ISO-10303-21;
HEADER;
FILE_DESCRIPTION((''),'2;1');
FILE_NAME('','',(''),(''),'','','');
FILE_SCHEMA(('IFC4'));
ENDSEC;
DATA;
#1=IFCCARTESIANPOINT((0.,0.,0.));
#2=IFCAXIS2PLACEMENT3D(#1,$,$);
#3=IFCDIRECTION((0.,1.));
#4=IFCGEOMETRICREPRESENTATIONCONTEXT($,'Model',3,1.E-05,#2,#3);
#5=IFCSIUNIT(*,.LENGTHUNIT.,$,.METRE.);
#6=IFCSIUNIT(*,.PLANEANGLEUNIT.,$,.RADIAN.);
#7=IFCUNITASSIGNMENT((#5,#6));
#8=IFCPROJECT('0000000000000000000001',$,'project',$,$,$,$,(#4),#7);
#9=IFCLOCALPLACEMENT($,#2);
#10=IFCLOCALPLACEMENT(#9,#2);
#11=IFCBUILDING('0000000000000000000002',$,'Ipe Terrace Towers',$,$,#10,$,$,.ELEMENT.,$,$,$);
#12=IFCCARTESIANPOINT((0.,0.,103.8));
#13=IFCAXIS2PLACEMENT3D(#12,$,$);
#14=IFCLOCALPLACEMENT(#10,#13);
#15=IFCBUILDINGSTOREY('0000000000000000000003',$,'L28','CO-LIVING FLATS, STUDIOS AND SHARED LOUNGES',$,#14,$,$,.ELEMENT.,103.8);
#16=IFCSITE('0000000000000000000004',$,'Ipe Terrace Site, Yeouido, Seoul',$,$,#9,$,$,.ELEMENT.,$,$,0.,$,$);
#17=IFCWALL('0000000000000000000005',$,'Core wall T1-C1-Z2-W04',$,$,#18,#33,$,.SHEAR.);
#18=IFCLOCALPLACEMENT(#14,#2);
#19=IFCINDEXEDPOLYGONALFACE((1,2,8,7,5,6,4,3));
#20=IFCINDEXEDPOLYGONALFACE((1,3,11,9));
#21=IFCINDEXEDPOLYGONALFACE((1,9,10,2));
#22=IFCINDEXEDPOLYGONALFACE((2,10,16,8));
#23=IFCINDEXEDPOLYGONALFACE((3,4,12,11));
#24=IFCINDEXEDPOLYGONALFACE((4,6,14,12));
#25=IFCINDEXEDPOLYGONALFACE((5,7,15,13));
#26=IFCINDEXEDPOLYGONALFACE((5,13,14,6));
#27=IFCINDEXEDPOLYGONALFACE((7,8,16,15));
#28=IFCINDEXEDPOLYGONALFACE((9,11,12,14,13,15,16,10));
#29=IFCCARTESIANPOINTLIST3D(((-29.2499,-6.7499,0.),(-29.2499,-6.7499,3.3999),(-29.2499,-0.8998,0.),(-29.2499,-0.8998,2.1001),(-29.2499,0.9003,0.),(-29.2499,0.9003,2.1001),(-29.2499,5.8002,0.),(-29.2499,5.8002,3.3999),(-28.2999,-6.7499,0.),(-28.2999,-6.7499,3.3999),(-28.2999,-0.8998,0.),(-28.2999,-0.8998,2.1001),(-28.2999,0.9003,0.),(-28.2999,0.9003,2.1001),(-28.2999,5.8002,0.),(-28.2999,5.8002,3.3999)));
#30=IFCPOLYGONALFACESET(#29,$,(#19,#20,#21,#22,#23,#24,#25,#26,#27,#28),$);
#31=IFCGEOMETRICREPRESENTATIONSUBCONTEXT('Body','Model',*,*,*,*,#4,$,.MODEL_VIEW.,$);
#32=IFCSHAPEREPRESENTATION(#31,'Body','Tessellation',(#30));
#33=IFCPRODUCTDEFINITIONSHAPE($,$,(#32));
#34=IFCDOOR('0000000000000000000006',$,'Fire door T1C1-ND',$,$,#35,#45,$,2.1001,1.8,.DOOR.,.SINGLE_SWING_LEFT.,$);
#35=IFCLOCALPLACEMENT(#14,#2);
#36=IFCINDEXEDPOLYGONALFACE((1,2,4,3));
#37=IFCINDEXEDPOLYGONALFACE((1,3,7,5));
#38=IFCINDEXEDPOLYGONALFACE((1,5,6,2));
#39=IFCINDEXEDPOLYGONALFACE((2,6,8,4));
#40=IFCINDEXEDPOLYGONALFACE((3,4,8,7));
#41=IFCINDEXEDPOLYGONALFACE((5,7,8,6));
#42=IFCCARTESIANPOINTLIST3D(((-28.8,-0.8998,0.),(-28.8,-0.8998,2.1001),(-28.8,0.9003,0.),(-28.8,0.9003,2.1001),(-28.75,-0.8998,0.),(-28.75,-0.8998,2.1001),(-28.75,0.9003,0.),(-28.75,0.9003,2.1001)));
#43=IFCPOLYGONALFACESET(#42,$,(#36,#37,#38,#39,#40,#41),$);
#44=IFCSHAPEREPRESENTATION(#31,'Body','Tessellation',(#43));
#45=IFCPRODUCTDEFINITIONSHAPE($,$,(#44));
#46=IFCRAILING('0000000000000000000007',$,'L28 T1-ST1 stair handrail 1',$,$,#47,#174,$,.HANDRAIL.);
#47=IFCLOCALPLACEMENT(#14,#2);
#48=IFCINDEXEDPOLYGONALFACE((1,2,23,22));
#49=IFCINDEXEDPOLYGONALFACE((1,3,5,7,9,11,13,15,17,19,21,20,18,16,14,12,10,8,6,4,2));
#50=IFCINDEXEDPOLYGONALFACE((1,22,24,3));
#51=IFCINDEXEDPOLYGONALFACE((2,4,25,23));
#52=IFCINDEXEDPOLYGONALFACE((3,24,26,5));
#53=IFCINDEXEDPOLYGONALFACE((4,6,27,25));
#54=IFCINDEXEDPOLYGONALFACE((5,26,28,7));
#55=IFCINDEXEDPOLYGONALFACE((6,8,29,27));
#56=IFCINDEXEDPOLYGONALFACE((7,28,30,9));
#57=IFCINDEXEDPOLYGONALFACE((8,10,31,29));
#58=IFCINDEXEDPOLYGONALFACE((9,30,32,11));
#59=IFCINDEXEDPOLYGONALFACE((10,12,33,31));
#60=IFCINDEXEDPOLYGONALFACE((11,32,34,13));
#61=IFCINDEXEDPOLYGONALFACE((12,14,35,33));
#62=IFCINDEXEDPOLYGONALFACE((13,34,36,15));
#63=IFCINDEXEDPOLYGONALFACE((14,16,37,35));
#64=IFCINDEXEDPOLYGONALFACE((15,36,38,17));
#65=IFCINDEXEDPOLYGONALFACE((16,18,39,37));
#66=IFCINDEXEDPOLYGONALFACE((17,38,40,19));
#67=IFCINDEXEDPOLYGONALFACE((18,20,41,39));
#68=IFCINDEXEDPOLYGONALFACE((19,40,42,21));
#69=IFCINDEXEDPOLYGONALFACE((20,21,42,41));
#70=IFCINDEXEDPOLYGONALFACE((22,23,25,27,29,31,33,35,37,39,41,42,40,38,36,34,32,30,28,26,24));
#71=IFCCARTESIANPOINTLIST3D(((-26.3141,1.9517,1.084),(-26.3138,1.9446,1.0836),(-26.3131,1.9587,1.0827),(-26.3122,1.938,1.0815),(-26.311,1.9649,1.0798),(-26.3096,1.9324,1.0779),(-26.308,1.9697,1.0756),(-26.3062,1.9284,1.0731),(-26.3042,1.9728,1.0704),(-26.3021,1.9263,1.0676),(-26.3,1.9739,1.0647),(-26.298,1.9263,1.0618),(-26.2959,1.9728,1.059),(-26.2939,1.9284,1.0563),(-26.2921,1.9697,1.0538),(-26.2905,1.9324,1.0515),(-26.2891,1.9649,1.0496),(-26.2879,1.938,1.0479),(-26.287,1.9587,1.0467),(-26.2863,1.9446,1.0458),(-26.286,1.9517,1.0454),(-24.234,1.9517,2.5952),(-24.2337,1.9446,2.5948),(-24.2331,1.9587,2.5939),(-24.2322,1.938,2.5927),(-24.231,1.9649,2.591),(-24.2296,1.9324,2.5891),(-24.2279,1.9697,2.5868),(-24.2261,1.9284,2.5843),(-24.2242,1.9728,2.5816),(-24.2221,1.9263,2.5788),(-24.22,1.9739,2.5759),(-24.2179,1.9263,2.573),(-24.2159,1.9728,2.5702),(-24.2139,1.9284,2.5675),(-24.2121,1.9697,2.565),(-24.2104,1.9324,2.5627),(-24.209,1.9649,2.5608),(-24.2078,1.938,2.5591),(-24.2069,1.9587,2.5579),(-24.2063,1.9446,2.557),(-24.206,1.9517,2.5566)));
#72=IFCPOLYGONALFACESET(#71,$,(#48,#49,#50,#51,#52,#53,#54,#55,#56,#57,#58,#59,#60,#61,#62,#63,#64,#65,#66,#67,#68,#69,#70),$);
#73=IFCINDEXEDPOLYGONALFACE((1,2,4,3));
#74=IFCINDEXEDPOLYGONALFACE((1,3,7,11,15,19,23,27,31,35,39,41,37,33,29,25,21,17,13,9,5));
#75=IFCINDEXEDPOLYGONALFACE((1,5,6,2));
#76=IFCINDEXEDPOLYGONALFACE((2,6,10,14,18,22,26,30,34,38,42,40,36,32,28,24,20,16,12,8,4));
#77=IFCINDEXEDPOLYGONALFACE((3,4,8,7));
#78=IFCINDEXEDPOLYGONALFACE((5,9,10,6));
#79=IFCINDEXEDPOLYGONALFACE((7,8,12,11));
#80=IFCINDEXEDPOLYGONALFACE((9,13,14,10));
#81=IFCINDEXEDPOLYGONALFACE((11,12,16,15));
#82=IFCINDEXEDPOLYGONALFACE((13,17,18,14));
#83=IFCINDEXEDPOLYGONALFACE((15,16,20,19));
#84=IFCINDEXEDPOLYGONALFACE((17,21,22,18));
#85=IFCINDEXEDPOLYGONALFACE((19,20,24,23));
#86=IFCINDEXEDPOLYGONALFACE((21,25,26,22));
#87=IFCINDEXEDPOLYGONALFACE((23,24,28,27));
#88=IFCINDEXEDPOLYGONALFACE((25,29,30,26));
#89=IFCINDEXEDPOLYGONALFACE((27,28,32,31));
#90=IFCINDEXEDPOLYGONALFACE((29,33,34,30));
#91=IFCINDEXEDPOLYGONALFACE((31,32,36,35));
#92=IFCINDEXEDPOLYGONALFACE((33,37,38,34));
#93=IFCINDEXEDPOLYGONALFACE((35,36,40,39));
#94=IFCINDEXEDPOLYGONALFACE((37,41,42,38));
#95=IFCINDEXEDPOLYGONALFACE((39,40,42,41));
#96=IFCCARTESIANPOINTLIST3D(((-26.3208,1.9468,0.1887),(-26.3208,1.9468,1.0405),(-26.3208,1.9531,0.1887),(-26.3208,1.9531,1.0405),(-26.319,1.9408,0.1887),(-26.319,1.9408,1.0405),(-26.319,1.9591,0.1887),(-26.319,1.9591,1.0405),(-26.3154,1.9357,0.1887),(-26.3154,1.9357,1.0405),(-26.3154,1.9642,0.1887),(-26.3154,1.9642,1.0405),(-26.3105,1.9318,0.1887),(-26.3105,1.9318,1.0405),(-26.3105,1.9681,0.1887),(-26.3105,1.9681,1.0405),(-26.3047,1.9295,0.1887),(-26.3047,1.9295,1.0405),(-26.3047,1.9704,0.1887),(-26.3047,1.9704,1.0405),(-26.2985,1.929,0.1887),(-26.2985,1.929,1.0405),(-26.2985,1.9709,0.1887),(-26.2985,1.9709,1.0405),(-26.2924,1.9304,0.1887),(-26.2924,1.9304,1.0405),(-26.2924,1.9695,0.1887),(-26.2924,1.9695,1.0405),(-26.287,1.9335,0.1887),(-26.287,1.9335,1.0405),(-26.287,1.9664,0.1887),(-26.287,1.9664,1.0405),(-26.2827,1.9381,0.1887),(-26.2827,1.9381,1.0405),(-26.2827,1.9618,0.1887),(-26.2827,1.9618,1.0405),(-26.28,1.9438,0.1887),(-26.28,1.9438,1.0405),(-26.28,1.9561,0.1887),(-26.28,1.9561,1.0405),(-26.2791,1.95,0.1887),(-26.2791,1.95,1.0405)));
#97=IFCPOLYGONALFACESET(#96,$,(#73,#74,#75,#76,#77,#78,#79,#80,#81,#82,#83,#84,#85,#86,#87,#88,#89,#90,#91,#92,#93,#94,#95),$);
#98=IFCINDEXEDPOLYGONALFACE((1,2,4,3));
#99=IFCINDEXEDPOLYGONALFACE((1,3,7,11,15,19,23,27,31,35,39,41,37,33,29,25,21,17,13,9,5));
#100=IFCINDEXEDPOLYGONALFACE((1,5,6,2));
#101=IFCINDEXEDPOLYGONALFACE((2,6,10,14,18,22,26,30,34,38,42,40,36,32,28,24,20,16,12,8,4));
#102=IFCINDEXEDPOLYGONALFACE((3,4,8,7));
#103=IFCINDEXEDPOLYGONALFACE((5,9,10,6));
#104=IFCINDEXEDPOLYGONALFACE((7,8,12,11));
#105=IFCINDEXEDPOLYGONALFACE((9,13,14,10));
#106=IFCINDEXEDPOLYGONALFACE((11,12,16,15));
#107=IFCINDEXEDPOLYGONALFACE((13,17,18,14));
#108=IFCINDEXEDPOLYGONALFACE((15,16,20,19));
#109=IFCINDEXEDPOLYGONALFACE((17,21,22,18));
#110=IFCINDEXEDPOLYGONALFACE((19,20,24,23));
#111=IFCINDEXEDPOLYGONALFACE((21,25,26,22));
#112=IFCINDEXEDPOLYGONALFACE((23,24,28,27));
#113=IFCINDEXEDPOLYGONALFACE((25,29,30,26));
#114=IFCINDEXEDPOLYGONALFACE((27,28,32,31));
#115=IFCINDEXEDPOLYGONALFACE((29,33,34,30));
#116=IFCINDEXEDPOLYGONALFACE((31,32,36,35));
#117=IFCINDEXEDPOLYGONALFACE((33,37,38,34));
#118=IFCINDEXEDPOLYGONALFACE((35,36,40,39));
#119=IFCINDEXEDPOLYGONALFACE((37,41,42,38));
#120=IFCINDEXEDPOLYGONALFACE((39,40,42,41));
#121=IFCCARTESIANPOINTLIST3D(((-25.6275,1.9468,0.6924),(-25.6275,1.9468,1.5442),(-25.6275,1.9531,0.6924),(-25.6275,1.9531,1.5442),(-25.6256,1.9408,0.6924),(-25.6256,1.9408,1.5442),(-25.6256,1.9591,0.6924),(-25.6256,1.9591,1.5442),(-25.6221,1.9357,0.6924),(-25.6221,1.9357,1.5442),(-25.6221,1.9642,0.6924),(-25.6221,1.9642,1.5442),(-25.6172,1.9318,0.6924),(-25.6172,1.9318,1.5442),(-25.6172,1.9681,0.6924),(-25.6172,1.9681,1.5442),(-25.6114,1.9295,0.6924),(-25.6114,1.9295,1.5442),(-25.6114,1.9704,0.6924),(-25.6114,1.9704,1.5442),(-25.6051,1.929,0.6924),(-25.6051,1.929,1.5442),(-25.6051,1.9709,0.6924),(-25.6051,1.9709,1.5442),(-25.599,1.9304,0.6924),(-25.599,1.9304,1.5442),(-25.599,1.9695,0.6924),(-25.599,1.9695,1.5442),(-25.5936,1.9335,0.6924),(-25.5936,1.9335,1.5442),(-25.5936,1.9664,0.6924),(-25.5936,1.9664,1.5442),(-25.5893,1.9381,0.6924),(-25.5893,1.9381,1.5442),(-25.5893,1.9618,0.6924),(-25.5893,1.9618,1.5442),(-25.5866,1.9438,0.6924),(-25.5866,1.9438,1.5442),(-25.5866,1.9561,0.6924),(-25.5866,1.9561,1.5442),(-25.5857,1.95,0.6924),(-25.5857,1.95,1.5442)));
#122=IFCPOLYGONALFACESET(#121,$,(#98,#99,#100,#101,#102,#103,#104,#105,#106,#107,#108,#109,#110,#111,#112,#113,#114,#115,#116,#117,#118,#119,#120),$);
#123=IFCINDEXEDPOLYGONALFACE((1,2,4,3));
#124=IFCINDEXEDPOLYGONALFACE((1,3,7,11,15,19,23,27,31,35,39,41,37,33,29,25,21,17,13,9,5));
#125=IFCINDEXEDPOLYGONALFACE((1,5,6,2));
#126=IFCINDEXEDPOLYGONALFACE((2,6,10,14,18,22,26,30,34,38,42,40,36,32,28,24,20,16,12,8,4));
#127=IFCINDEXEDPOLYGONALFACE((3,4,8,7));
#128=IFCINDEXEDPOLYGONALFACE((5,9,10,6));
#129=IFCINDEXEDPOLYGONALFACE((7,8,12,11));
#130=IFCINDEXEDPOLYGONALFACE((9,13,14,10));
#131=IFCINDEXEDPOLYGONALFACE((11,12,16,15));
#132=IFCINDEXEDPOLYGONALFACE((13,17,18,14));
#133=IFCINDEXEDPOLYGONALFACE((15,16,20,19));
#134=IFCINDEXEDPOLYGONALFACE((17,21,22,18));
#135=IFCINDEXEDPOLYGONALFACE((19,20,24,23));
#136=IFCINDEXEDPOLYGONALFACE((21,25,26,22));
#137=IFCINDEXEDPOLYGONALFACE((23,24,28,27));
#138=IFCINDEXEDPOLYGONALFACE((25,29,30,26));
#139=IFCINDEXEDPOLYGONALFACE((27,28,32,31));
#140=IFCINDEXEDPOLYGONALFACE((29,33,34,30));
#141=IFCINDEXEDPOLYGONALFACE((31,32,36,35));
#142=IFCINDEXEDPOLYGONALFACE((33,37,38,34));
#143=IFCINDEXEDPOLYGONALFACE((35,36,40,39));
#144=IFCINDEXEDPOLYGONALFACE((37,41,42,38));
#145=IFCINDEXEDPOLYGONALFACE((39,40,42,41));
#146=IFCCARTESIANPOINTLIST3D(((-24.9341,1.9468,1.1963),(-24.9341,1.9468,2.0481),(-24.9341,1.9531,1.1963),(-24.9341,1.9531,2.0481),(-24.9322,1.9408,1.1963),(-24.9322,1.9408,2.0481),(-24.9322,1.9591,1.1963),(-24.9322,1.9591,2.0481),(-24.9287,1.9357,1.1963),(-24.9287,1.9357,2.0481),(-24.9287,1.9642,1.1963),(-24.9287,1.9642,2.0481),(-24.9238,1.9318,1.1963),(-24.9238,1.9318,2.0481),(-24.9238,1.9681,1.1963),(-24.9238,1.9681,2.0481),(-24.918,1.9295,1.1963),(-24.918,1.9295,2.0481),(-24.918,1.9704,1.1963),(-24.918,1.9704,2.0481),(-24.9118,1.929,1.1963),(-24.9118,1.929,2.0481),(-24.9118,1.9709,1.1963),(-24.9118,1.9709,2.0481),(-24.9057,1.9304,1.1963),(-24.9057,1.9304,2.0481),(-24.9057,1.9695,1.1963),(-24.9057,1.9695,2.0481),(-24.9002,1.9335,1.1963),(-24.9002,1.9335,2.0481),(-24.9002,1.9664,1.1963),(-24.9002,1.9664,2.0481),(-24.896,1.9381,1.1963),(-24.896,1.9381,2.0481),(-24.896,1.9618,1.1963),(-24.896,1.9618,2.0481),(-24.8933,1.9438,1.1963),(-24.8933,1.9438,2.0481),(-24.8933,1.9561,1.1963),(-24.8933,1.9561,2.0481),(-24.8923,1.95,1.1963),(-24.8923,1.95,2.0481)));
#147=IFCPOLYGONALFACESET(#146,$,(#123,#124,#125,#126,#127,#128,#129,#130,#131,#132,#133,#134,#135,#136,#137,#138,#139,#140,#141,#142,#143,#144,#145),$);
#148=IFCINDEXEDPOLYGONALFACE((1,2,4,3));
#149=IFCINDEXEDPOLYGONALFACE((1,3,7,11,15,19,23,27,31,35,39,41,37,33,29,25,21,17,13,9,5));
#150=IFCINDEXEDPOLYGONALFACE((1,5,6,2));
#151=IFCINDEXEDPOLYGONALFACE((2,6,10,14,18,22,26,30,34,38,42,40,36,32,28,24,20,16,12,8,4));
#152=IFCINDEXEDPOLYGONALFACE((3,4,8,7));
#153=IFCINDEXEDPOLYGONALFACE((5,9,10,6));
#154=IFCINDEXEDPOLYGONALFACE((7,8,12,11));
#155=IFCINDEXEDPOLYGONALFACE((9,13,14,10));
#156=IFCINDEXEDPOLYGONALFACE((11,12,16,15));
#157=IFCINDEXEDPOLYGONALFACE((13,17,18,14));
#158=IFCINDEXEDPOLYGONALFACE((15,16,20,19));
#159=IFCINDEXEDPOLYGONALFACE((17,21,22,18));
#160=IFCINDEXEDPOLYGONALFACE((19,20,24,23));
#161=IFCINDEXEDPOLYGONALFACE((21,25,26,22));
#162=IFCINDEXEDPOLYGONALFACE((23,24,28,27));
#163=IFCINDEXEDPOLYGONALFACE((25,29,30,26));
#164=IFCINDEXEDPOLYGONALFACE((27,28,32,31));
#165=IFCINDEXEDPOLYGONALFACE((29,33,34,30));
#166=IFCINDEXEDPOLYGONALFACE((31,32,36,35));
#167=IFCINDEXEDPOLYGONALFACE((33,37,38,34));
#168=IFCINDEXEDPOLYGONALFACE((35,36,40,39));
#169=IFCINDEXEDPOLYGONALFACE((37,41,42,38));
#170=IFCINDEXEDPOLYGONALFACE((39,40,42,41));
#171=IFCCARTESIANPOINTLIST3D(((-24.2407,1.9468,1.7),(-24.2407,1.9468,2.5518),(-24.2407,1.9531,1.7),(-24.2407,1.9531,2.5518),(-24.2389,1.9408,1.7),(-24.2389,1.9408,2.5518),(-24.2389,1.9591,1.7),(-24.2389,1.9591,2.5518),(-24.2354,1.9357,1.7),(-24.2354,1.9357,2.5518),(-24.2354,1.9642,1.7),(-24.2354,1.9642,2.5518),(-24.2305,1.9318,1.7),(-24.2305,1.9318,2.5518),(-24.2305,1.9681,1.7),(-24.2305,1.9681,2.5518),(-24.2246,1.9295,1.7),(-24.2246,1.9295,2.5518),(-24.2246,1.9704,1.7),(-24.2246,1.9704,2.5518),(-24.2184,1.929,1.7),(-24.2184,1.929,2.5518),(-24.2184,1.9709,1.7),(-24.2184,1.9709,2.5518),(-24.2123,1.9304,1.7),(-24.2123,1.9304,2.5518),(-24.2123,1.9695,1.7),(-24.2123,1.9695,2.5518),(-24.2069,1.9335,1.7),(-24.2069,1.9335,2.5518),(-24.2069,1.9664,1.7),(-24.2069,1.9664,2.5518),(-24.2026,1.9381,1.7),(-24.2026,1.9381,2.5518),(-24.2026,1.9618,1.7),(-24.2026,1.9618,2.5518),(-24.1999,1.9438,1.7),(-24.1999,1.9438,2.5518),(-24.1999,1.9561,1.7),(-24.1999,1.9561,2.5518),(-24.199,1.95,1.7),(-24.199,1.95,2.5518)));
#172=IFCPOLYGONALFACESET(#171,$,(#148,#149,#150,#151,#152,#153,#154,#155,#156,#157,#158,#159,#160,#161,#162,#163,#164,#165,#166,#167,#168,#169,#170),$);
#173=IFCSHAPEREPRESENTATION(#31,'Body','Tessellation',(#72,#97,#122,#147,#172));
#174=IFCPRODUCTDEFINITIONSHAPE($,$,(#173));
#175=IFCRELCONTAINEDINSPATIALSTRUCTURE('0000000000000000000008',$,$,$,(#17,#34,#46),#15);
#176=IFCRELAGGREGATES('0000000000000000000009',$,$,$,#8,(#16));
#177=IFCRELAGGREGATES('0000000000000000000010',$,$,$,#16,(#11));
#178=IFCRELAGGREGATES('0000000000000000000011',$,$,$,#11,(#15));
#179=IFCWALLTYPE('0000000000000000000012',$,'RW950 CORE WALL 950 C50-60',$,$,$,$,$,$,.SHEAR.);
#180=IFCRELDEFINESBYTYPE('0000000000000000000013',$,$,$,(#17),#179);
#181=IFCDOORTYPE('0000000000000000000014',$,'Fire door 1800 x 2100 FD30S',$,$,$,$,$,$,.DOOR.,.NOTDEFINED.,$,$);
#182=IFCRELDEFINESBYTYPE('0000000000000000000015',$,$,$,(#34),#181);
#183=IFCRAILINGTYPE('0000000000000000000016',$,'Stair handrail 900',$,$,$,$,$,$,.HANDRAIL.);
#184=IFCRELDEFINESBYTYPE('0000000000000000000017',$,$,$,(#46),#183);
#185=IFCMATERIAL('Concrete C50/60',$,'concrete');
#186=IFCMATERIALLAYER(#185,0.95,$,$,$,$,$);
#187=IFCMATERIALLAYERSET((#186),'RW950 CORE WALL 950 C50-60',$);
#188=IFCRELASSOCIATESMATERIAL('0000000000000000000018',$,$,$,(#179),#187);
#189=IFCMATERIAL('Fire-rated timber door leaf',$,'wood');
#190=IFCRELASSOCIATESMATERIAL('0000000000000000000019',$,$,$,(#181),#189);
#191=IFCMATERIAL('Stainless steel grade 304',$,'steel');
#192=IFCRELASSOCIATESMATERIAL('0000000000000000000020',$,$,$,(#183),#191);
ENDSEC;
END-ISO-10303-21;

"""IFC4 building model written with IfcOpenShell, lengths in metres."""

from ifc_helpers import new_model, si_unit, direction, frame, frame_2d, origin, origin_2d, place, context, subcontext, project, spatial, rectangle, circle, extrude, material, layer, layer_set, type_object, element, fill, save


model = new_model("IFC4")

# Units and contexts
model_context = context("Model", 3, precision=1e-05, world=origin(), true_north=direction((0.0, 1.0)))
body_context = subcontext(model_context, "Body", "Model", "MODEL_VIEW")
ifc_project = project(units=[si_unit("LENGTHUNIT", "METRE"), si_unit("PLANEANGLEUNIT", "RADIAN")], contexts=[model_context])

# Site, building, storey
site_placement = place(None, origin())
site = spatial("IfcSite", under=ifc_project, at=site_placement, Name="Ipe Terrace Site, Yeouido, Seoul", CompositionType="ELEMENT", RefElevation=0.0)
building_placement = place(site_placement, origin())
building = spatial("IfcBuilding", under=site, at=building_placement, Name="Ipe Terrace Towers", CompositionType="ELEMENT")
storey_placement = place(building_placement, frame((0.0, 0.0, 103.8)))
storey = spatial("IfcBuildingStorey", under=building, at=storey_placement, Name="L28", Description="CO-LIVING FLATS, STUDIOS AND SHARED LOUNGES", CompositionType="ELEMENT", Elevation=103.8)

# Wall, opening, door
ifc_material_1 = material(Name="Concrete C50/60", Category="concrete")
ifc_layer_1 = layer(ifc_material_1, 0.95)
ifc_layer_set_1 = layer_set([ifc_layer_1], Name="RW950 CORE WALL 950 C50-60")
wall_type_1 = type_object("IfcWallType", Name="RW950 CORE WALL 950 C50-60", PredefinedType="SHEAR", material=ifc_layer_set_1)
wall_1_placement = place(storey_placement, frame((-28.7749, 5.8, 0.0), z_axis=(0.0, 0.0, 1.0), x_axis=(0.0, -1.0, 0.0)))
wall_1 = element("IfcWall", 1, at=wall_1_placement, inside=storey, type_object=wall_type_1, Name="Core wall T1-C1-Z2-W04", PredefinedType="SHEAR", context=body_context, shape_type="SweptSolid", body=[
    extrude(rectangle(XDim=12.55, YDim=0.95, at=frame_2d((6.2749, 0.0))), origin(), (0.0, 0.0, 1.0), 3.3999),
])
opening_1_placement = place(wall_1_placement, frame((4.8999, 0.0, 0.0)))
opening_1 = element("IfcOpeningElement", 2, at=opening_1_placement, cuts=wall_1, PredefinedType="OPENING", context=body_context, shape_type="SweptSolid", body=[
    extrude(rectangle(XDim=1.8, YDim=2.1001, at=frame_2d((0.8999, 1.05))), frame((0.0, 0.4849, 0.0), z_axis=(0.0, -1.0, 0.0), x_axis=(1.0, 0.0, 0.0)), (0.0, 0.0, 1.0), 0.97),
])
ifc_material_2 = material(Name="Fire-rated timber door leaf", Category="wood")
door_type_1 = type_object("IfcDoorType", Name="Fire door 1800 x 2100 FD30S", OperationType="NOTDEFINED", PredefinedType="DOOR", material=ifc_material_2)
door_1_placement = place(opening_1_placement, origin())
door_1 = element("IfcDoor", 3, at=door_1_placement, inside=storey, type_object=door_type_1, Name="Fire door T1C1-ND", OperationType="SINGLE_SWING_LEFT", OverallHeight=2.1001, OverallWidth=1.8, PredefinedType="DOOR", context=body_context, shape_type="SweptSolid", body=[
    extrude(rectangle(XDim=1.8, YDim=2.1001, at=frame_2d((0.8999, 1.05))), frame((0.0, 0.0249, 0.0), z_axis=(0.0, -1.0, 0.0), x_axis=(1.0, 0.0, 0.0)), (0.0, 0.0, 1.0), 0.05),
])
fill(opening_1, door_1)

# Railing
ifc_material_3 = material(Name="Stainless steel grade 304", Category="steel")
railing_type_1 = type_object("IfcRailingType", Name="Stair handrail 900", PredefinedType="HANDRAIL", material=ifc_material_3)
railing_1_placement = place(storey_placement, frame((-26.3, 1.95, 0.1887)))
element("IfcRailing", 4, at=railing_1_placement, inside=storey, type_object=railing_type_1, Name="L28 T1-ST1 stair handrail 1", PredefinedType="HANDRAIL", context=body_context, shape_type="SweptSolid", body=[
    extrude(circle(Radius=0.0239, at=origin_2d()), frame((0.0, 0.0, 0.876), z_axis=(0.809023, 0.0, 0.587776), x_axis=(0.0, 1.0, 0.0)), (0.0, 0.0, 1.0), 2.571),
    extrude(circle(Radius=0.021, at=origin_2d()), origin(), (0.0, 0.0, 1.0), 0.8518),
    extrude(circle(Radius=0.021, at=origin_2d()), frame((0.6934, 0.0, 0.5037)), (0.0, 0.0, 1.0), 0.8518),
    extrude(circle(Radius=0.021, at=origin_2d()), frame((1.3867, 0.0, 1.0076)), (0.0, 0.0, 1.0), 0.8518),
    extrude(circle(Radius=0.021, at=origin_2d()), frame((2.0801, 0.0, 1.5112)), (0.0, 0.0, 1.0), 0.8518),
])

save(model, "model.ifc")
